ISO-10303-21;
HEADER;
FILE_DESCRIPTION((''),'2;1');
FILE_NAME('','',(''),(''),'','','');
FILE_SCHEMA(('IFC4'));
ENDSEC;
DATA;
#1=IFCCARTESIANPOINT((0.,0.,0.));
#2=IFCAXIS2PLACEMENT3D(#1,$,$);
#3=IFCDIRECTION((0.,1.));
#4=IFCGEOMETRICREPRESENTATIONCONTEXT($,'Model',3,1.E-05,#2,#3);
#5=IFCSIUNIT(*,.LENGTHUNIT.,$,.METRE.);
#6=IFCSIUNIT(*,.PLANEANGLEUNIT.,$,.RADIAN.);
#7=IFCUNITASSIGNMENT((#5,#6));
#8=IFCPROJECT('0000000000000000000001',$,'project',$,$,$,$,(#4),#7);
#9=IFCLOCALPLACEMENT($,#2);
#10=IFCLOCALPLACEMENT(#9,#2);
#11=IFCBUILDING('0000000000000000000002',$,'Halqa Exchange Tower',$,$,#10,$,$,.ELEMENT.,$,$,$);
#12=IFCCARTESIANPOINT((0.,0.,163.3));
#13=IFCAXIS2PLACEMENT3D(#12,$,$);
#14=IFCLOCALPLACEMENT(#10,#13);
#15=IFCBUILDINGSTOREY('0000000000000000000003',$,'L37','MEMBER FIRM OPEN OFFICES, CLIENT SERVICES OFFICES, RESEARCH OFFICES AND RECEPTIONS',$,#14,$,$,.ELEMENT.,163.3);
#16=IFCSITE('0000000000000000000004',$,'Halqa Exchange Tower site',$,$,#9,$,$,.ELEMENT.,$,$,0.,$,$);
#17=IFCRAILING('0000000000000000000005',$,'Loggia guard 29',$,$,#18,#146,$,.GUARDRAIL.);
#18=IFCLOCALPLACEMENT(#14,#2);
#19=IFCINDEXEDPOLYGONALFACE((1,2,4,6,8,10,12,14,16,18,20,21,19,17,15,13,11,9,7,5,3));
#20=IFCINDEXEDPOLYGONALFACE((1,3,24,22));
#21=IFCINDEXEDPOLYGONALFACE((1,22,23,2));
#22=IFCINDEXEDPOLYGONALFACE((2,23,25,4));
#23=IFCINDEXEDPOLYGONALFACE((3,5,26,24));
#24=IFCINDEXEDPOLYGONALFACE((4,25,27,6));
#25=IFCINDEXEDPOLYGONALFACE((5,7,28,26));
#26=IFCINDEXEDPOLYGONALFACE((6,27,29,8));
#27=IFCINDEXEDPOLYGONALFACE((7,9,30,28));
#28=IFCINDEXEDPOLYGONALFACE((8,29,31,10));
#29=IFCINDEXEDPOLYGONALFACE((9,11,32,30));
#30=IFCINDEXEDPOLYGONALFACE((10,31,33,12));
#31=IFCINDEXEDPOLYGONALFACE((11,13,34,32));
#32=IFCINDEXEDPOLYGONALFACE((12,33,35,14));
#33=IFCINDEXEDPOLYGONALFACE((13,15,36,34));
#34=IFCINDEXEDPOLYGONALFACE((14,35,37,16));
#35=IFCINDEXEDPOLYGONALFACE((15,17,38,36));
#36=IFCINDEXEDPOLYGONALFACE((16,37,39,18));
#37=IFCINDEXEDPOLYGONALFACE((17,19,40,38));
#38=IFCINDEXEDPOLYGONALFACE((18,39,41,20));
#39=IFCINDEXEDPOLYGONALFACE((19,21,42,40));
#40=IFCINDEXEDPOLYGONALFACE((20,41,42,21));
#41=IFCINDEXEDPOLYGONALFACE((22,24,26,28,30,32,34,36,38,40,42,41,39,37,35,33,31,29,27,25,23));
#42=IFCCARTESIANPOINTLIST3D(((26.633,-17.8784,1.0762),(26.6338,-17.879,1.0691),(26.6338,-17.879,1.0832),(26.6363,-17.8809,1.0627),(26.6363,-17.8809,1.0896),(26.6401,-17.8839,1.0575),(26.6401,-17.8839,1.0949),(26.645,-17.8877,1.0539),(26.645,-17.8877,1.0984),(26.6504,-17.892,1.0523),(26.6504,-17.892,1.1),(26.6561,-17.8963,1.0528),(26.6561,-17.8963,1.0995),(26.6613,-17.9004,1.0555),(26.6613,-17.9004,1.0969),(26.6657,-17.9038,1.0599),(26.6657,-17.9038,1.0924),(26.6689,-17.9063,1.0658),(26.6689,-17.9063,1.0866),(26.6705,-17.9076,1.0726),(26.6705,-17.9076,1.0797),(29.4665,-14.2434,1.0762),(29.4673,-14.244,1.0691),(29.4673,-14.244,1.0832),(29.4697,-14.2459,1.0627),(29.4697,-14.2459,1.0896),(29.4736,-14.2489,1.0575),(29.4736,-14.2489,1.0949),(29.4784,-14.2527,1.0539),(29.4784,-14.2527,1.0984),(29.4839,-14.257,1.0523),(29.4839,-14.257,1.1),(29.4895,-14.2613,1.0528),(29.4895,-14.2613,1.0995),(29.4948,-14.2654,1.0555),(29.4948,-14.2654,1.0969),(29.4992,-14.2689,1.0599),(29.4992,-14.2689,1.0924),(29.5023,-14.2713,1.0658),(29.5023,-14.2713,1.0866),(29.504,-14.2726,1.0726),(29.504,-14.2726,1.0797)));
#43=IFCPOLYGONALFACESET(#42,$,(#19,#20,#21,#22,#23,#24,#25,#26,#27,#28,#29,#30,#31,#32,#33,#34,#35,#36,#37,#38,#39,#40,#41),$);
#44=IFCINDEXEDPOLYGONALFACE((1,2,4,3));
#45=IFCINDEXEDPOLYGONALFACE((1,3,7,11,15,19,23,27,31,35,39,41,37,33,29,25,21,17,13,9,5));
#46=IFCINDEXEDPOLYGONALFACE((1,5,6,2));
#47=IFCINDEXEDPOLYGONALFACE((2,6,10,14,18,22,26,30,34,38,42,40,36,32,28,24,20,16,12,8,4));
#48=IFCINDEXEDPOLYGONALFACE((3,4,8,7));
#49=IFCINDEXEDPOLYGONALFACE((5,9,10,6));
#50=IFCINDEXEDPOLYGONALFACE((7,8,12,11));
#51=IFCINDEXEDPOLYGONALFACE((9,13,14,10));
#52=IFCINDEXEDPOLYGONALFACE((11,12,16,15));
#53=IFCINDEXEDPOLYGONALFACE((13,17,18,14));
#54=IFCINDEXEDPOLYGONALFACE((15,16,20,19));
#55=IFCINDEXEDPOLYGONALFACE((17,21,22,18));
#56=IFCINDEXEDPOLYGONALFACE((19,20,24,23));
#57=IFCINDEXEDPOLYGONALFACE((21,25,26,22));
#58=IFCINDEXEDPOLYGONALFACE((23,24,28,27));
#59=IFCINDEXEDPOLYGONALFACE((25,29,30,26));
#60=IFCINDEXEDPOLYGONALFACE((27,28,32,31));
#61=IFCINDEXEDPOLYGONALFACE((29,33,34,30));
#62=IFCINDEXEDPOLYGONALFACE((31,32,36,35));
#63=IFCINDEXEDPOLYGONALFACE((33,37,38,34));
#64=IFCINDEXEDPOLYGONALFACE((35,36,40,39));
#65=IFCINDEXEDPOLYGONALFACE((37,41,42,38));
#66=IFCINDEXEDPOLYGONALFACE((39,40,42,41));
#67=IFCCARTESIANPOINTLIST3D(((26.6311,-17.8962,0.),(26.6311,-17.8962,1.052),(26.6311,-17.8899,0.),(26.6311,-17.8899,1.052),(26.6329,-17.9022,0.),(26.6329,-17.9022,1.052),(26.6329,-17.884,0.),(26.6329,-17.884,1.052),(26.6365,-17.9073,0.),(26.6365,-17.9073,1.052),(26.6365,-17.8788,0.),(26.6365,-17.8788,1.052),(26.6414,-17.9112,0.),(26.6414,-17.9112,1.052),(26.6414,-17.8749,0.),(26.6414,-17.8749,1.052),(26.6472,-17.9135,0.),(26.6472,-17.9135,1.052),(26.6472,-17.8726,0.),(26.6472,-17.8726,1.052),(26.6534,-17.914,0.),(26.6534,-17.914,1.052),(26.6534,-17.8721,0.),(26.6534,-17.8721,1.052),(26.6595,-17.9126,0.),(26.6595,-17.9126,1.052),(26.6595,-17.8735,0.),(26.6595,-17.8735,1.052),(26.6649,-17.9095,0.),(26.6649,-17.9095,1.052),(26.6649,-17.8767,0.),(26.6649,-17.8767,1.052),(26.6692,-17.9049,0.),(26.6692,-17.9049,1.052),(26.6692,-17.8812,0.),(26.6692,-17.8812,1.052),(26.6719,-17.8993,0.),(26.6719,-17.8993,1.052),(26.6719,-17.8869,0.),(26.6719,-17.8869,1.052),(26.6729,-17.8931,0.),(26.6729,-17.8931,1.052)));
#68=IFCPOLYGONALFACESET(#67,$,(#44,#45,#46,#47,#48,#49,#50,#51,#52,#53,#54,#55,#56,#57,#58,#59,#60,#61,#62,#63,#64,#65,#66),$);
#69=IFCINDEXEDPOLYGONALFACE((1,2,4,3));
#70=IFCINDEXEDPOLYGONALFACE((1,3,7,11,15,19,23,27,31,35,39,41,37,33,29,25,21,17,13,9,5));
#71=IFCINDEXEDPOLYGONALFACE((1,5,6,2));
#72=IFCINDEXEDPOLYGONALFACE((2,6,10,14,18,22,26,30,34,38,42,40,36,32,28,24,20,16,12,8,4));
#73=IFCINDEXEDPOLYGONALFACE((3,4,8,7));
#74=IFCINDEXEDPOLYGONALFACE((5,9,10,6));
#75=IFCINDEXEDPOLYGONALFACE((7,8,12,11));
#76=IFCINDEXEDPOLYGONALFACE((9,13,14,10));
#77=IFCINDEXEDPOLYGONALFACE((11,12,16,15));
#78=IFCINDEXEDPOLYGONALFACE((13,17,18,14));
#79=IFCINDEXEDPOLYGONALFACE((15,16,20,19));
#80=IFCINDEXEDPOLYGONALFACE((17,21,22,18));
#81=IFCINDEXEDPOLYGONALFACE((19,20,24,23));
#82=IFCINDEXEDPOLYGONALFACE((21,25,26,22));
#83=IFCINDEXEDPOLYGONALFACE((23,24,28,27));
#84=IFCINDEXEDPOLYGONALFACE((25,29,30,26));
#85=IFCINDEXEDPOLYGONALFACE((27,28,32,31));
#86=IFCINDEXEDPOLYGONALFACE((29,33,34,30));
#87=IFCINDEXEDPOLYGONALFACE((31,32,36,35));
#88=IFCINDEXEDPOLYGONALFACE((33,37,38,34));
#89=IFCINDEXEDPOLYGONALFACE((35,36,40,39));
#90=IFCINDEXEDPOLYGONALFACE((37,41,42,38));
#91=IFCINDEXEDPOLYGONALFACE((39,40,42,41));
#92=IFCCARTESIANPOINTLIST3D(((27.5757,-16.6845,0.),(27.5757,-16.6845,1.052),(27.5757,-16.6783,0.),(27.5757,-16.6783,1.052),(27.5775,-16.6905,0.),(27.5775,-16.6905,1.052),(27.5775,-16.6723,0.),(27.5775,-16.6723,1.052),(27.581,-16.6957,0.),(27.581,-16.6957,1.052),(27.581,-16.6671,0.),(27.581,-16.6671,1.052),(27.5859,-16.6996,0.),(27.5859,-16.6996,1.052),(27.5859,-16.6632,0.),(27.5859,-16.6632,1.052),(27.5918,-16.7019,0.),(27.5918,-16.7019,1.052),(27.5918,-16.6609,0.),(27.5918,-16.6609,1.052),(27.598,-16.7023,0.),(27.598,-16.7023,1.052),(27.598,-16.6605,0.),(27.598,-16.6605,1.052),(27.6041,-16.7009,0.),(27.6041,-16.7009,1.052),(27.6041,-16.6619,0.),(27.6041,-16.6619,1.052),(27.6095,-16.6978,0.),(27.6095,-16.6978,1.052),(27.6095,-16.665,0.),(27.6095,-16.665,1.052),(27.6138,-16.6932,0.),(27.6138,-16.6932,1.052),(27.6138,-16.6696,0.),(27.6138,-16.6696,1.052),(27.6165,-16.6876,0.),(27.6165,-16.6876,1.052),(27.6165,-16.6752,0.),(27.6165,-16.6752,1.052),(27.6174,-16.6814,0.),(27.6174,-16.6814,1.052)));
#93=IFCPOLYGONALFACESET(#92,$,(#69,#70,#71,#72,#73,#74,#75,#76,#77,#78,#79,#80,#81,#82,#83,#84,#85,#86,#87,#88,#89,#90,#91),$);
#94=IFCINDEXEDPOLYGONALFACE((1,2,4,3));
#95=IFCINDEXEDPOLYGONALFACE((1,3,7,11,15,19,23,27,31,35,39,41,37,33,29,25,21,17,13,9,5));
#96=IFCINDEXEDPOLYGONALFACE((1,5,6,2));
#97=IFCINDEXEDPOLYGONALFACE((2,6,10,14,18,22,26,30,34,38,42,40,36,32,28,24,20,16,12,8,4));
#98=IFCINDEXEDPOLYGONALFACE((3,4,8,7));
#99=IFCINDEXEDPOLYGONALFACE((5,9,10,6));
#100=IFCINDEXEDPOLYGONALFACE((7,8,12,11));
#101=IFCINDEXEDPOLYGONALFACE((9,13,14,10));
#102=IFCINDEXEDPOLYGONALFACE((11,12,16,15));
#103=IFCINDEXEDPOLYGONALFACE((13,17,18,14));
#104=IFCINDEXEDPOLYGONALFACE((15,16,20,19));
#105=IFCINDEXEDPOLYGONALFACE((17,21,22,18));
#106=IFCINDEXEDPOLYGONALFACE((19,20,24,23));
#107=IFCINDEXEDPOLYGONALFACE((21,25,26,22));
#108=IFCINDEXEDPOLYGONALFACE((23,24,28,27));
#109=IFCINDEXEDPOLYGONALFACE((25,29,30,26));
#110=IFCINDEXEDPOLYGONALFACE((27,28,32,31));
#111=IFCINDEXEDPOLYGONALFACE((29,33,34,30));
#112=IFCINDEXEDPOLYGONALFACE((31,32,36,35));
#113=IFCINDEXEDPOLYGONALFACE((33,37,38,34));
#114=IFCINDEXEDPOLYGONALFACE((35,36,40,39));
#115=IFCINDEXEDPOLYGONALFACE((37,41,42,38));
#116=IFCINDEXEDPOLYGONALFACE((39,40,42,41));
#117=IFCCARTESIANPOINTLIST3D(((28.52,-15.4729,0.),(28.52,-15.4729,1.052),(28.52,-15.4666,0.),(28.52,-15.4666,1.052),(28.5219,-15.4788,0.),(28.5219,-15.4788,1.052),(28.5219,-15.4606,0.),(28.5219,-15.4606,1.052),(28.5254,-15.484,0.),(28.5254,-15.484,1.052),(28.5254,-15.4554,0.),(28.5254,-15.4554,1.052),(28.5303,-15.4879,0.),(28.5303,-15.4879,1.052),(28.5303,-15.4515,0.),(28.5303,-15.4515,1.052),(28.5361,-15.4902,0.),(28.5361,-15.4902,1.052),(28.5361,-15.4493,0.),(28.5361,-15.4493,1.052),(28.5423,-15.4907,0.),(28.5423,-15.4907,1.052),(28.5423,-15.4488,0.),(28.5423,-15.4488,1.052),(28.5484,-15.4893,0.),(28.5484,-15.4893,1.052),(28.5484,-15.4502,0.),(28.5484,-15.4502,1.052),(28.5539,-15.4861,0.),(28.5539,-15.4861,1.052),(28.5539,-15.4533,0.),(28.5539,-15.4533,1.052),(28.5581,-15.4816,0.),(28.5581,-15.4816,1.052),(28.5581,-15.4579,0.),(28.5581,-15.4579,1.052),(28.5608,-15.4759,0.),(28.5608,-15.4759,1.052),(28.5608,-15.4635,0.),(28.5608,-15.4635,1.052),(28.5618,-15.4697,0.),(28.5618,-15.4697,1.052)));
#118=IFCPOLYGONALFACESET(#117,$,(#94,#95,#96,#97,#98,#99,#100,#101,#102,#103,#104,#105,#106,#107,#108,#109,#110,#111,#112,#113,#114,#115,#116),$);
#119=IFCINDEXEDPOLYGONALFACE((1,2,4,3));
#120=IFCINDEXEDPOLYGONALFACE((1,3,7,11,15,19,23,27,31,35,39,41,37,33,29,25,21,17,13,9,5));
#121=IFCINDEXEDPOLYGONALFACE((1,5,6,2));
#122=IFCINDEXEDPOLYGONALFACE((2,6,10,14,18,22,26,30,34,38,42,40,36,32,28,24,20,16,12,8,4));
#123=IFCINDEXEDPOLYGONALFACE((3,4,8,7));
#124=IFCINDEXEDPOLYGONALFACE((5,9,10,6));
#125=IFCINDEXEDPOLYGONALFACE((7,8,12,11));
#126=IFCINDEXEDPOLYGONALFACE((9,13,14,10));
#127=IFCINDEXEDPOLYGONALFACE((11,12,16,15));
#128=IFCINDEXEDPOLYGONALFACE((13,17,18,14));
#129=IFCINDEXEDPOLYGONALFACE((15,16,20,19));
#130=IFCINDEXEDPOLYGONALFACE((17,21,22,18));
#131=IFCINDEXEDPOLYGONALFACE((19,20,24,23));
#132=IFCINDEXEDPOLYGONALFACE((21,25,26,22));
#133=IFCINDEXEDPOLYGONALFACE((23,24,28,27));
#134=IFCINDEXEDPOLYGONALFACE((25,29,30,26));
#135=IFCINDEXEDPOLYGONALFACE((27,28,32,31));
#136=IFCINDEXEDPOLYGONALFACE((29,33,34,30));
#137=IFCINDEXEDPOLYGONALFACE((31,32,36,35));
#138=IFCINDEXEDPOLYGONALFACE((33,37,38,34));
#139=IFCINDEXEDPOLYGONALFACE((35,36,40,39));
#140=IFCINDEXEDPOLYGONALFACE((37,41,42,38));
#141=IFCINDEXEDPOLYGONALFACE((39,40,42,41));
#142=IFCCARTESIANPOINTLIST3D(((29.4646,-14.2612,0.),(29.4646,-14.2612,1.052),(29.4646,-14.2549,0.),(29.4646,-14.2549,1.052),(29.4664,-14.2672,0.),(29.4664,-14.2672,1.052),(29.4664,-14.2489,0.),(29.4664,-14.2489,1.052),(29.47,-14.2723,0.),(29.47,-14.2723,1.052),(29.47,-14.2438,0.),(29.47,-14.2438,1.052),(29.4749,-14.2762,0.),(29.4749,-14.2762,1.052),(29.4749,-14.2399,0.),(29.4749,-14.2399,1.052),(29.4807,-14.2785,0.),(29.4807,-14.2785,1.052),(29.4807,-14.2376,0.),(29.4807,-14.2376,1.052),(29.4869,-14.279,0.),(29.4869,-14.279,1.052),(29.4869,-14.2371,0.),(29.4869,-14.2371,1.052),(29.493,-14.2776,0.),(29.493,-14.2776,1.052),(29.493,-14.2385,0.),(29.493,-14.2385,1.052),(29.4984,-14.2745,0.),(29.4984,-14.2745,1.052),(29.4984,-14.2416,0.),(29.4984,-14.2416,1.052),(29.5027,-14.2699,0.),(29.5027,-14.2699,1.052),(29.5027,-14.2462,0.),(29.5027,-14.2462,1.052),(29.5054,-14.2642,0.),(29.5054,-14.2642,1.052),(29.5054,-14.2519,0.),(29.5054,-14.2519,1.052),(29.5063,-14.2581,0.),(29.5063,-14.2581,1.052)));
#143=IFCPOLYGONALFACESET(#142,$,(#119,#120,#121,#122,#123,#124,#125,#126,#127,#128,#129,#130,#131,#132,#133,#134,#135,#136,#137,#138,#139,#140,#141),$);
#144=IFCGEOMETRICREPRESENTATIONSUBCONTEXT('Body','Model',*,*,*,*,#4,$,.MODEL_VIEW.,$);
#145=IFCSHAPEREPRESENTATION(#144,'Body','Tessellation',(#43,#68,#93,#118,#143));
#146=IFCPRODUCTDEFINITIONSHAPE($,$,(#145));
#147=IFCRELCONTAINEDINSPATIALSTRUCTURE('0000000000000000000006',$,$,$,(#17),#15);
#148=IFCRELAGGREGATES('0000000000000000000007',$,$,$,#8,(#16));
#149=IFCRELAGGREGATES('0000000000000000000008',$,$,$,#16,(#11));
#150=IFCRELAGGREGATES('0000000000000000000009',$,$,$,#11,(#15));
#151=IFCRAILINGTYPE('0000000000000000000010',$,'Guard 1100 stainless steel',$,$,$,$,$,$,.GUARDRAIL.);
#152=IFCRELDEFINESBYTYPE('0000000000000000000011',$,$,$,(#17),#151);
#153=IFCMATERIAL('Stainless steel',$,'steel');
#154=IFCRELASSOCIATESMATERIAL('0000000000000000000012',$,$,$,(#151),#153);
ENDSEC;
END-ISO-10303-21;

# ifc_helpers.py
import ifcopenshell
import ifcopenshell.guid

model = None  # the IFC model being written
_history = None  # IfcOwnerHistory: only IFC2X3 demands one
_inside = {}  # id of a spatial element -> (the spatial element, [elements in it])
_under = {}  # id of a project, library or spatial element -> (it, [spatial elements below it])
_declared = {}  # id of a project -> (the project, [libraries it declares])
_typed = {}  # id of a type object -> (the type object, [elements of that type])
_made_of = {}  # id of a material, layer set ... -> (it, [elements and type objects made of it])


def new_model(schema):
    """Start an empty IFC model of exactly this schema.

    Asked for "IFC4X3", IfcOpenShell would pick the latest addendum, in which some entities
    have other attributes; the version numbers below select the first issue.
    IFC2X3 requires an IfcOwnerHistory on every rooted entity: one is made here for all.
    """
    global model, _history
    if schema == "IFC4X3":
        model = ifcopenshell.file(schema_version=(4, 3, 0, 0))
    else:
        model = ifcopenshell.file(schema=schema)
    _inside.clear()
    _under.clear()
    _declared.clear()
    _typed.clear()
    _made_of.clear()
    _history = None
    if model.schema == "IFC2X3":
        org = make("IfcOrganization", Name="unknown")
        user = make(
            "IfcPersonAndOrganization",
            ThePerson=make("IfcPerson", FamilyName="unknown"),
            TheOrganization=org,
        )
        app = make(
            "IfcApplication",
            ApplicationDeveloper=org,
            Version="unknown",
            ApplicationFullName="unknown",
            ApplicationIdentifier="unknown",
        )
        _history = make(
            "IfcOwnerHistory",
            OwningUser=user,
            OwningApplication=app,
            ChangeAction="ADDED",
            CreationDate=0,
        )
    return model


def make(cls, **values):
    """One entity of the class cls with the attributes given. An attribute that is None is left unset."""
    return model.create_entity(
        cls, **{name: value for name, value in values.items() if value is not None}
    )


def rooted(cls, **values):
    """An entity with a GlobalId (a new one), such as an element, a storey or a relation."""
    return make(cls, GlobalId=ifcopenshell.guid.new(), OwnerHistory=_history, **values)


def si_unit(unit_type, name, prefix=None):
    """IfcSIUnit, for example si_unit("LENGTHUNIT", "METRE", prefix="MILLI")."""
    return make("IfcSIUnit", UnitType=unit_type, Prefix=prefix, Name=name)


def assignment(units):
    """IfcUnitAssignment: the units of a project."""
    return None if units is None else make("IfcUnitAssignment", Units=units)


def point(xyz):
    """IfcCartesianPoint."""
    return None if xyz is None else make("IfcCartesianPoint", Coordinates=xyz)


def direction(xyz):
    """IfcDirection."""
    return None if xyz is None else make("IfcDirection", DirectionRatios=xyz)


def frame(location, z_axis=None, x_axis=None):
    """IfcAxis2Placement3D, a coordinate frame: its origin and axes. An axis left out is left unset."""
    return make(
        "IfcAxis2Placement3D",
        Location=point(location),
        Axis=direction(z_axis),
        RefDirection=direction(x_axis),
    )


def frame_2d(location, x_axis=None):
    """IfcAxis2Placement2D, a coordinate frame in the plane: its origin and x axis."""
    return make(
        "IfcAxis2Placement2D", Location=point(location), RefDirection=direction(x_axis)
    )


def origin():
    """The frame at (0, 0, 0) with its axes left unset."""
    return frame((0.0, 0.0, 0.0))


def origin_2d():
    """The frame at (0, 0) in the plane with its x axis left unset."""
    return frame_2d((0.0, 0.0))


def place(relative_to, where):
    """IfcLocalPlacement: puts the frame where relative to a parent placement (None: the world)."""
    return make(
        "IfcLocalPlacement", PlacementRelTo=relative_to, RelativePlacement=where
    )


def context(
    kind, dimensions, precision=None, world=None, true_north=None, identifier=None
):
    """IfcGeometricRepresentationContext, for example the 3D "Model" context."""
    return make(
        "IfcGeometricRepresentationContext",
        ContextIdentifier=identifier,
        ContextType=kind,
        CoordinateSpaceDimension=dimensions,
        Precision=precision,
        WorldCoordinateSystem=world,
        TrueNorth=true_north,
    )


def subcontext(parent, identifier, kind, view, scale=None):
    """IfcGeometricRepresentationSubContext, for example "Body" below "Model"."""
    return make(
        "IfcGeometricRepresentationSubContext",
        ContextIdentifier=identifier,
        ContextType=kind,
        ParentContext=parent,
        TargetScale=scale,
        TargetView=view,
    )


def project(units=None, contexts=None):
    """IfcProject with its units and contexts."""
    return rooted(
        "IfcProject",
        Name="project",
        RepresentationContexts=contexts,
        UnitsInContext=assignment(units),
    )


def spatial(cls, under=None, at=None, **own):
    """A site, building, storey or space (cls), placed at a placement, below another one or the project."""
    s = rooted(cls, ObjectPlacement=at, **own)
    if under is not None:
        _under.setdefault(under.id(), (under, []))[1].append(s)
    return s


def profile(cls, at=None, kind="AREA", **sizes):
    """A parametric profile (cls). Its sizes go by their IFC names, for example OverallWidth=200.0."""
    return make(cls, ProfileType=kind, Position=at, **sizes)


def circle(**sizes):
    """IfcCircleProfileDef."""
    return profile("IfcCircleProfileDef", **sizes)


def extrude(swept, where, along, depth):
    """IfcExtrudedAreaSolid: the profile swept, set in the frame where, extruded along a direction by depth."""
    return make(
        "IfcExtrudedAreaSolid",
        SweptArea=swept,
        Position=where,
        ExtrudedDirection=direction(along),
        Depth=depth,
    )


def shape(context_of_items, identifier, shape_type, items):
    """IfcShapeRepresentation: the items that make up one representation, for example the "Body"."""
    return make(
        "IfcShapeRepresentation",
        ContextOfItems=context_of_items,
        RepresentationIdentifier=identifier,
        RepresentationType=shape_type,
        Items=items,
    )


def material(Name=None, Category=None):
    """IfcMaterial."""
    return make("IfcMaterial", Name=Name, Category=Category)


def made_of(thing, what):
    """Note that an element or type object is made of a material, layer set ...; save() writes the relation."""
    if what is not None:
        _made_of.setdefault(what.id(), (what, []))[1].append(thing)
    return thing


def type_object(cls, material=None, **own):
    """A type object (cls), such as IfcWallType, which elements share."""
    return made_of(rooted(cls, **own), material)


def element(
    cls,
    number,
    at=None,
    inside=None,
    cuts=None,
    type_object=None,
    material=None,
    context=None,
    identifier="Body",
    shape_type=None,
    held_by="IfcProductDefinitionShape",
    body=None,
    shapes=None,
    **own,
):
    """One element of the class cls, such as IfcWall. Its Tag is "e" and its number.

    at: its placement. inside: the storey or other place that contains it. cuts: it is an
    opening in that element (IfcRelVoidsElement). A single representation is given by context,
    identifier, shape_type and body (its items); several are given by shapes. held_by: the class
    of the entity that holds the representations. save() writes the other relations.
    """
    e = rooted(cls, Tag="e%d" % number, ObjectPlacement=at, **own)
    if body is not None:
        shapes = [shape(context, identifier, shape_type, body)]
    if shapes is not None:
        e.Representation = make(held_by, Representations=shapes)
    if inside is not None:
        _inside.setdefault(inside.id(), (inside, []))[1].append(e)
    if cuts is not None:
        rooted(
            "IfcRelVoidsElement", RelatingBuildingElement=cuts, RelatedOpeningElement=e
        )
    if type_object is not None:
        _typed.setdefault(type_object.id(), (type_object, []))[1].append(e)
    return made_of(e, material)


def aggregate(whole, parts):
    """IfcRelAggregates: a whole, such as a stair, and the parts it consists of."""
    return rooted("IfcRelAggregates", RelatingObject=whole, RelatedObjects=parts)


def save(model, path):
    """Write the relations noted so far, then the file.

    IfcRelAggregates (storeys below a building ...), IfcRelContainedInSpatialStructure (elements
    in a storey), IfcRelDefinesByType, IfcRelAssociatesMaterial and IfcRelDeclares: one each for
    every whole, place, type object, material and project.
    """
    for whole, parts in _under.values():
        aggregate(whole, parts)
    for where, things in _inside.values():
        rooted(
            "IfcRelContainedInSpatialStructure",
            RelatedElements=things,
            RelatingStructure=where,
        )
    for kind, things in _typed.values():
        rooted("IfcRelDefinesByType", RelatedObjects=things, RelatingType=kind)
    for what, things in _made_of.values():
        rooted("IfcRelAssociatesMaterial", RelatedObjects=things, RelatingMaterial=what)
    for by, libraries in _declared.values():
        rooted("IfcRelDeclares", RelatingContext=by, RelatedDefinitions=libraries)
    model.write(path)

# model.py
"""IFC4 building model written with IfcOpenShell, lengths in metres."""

from ifc_helpers import new_model, si_unit, direction, frame, origin, origin_2d, place, context, subcontext, project, spatial, circle, extrude, material, type_object, element, save


model = new_model("IFC4")

# Units and contexts
model_context = context("Model", 3, precision=1e-05, world=origin(), true_north=direction((0.0, 1.0)))
body_context = subcontext(model_context, "Body", "Model", "MODEL_VIEW")
ifc_project = project(units=[si_unit("LENGTHUNIT", "METRE"), si_unit("PLANEANGLEUNIT", "RADIAN")], contexts=[model_context])

# Site, building, storey
site_placement = place(None, origin())
site = spatial("IfcSite", under=ifc_project, at=site_placement, Name="Halqa Exchange Tower site", CompositionType="ELEMENT", RefElevation=0.0)
building_placement = place(site_placement, origin())
building = spatial("IfcBuilding", under=site, at=building_placement, Name="Halqa Exchange Tower", CompositionType="ELEMENT")
storey_placement = place(building_placement, frame((0.0, 0.0, 163.3)))
storey = spatial("IfcBuildingStorey", under=building, at=storey_placement, Name="L37", Description="MEMBER FIRM OPEN OFFICES, CLIENT SERVICES OFFICES, RESEARCH OFFICES AND RECEPTIONS", CompositionType="ELEMENT", Elevation=163.3)

# Railing
ifc_material_1 = material(Name="Stainless steel", Category="steel")
railing_type = type_object("IfcRailingType", Name="Guard 1100 stainless steel", PredefinedType="GUARDRAIL", material=ifc_material_1)
railing_1_placement = place(storey_placement, frame((26.6519, -17.8931, 0.0)))
element("IfcRailing", 1, at=railing_1_placement, inside=storey, type_object=railing_type, Name="Loggia guard 29", PredefinedType="GUARDRAIL", context=body_context, shape_type="SweptSolid", body=[
    extrude(circle(Radius=0.0239, at=origin_2d()), frame((0.0, 0.0, 1.0762), z_axis=(0.614787, 0.788693, 0.0), x_axis=(-0.788693, 0.614787, 0.0)), (0.0, 0.0, 1.0), 4.6089),
    extrude(circle(Radius=0.021, at=origin_2d()), origin(), (0.0, 0.0, 1.0), 1.052),
    extrude(circle(Radius=0.021, at=origin_2d()), frame((0.9446, 1.2117, 0.0)), (0.0, 0.0, 1.0), 1.052),
    extrude(circle(Radius=0.021, at=origin_2d()), frame((1.8889, 2.4233, 0.0)), (0.0, 0.0, 1.0), 1.052),
    extrude(circle(Radius=0.021, at=origin_2d()), frame((2.8335, 3.635, 0.0)), (0.0, 0.0, 1.0), 1.052),
])

save(model, "model.ifc")
